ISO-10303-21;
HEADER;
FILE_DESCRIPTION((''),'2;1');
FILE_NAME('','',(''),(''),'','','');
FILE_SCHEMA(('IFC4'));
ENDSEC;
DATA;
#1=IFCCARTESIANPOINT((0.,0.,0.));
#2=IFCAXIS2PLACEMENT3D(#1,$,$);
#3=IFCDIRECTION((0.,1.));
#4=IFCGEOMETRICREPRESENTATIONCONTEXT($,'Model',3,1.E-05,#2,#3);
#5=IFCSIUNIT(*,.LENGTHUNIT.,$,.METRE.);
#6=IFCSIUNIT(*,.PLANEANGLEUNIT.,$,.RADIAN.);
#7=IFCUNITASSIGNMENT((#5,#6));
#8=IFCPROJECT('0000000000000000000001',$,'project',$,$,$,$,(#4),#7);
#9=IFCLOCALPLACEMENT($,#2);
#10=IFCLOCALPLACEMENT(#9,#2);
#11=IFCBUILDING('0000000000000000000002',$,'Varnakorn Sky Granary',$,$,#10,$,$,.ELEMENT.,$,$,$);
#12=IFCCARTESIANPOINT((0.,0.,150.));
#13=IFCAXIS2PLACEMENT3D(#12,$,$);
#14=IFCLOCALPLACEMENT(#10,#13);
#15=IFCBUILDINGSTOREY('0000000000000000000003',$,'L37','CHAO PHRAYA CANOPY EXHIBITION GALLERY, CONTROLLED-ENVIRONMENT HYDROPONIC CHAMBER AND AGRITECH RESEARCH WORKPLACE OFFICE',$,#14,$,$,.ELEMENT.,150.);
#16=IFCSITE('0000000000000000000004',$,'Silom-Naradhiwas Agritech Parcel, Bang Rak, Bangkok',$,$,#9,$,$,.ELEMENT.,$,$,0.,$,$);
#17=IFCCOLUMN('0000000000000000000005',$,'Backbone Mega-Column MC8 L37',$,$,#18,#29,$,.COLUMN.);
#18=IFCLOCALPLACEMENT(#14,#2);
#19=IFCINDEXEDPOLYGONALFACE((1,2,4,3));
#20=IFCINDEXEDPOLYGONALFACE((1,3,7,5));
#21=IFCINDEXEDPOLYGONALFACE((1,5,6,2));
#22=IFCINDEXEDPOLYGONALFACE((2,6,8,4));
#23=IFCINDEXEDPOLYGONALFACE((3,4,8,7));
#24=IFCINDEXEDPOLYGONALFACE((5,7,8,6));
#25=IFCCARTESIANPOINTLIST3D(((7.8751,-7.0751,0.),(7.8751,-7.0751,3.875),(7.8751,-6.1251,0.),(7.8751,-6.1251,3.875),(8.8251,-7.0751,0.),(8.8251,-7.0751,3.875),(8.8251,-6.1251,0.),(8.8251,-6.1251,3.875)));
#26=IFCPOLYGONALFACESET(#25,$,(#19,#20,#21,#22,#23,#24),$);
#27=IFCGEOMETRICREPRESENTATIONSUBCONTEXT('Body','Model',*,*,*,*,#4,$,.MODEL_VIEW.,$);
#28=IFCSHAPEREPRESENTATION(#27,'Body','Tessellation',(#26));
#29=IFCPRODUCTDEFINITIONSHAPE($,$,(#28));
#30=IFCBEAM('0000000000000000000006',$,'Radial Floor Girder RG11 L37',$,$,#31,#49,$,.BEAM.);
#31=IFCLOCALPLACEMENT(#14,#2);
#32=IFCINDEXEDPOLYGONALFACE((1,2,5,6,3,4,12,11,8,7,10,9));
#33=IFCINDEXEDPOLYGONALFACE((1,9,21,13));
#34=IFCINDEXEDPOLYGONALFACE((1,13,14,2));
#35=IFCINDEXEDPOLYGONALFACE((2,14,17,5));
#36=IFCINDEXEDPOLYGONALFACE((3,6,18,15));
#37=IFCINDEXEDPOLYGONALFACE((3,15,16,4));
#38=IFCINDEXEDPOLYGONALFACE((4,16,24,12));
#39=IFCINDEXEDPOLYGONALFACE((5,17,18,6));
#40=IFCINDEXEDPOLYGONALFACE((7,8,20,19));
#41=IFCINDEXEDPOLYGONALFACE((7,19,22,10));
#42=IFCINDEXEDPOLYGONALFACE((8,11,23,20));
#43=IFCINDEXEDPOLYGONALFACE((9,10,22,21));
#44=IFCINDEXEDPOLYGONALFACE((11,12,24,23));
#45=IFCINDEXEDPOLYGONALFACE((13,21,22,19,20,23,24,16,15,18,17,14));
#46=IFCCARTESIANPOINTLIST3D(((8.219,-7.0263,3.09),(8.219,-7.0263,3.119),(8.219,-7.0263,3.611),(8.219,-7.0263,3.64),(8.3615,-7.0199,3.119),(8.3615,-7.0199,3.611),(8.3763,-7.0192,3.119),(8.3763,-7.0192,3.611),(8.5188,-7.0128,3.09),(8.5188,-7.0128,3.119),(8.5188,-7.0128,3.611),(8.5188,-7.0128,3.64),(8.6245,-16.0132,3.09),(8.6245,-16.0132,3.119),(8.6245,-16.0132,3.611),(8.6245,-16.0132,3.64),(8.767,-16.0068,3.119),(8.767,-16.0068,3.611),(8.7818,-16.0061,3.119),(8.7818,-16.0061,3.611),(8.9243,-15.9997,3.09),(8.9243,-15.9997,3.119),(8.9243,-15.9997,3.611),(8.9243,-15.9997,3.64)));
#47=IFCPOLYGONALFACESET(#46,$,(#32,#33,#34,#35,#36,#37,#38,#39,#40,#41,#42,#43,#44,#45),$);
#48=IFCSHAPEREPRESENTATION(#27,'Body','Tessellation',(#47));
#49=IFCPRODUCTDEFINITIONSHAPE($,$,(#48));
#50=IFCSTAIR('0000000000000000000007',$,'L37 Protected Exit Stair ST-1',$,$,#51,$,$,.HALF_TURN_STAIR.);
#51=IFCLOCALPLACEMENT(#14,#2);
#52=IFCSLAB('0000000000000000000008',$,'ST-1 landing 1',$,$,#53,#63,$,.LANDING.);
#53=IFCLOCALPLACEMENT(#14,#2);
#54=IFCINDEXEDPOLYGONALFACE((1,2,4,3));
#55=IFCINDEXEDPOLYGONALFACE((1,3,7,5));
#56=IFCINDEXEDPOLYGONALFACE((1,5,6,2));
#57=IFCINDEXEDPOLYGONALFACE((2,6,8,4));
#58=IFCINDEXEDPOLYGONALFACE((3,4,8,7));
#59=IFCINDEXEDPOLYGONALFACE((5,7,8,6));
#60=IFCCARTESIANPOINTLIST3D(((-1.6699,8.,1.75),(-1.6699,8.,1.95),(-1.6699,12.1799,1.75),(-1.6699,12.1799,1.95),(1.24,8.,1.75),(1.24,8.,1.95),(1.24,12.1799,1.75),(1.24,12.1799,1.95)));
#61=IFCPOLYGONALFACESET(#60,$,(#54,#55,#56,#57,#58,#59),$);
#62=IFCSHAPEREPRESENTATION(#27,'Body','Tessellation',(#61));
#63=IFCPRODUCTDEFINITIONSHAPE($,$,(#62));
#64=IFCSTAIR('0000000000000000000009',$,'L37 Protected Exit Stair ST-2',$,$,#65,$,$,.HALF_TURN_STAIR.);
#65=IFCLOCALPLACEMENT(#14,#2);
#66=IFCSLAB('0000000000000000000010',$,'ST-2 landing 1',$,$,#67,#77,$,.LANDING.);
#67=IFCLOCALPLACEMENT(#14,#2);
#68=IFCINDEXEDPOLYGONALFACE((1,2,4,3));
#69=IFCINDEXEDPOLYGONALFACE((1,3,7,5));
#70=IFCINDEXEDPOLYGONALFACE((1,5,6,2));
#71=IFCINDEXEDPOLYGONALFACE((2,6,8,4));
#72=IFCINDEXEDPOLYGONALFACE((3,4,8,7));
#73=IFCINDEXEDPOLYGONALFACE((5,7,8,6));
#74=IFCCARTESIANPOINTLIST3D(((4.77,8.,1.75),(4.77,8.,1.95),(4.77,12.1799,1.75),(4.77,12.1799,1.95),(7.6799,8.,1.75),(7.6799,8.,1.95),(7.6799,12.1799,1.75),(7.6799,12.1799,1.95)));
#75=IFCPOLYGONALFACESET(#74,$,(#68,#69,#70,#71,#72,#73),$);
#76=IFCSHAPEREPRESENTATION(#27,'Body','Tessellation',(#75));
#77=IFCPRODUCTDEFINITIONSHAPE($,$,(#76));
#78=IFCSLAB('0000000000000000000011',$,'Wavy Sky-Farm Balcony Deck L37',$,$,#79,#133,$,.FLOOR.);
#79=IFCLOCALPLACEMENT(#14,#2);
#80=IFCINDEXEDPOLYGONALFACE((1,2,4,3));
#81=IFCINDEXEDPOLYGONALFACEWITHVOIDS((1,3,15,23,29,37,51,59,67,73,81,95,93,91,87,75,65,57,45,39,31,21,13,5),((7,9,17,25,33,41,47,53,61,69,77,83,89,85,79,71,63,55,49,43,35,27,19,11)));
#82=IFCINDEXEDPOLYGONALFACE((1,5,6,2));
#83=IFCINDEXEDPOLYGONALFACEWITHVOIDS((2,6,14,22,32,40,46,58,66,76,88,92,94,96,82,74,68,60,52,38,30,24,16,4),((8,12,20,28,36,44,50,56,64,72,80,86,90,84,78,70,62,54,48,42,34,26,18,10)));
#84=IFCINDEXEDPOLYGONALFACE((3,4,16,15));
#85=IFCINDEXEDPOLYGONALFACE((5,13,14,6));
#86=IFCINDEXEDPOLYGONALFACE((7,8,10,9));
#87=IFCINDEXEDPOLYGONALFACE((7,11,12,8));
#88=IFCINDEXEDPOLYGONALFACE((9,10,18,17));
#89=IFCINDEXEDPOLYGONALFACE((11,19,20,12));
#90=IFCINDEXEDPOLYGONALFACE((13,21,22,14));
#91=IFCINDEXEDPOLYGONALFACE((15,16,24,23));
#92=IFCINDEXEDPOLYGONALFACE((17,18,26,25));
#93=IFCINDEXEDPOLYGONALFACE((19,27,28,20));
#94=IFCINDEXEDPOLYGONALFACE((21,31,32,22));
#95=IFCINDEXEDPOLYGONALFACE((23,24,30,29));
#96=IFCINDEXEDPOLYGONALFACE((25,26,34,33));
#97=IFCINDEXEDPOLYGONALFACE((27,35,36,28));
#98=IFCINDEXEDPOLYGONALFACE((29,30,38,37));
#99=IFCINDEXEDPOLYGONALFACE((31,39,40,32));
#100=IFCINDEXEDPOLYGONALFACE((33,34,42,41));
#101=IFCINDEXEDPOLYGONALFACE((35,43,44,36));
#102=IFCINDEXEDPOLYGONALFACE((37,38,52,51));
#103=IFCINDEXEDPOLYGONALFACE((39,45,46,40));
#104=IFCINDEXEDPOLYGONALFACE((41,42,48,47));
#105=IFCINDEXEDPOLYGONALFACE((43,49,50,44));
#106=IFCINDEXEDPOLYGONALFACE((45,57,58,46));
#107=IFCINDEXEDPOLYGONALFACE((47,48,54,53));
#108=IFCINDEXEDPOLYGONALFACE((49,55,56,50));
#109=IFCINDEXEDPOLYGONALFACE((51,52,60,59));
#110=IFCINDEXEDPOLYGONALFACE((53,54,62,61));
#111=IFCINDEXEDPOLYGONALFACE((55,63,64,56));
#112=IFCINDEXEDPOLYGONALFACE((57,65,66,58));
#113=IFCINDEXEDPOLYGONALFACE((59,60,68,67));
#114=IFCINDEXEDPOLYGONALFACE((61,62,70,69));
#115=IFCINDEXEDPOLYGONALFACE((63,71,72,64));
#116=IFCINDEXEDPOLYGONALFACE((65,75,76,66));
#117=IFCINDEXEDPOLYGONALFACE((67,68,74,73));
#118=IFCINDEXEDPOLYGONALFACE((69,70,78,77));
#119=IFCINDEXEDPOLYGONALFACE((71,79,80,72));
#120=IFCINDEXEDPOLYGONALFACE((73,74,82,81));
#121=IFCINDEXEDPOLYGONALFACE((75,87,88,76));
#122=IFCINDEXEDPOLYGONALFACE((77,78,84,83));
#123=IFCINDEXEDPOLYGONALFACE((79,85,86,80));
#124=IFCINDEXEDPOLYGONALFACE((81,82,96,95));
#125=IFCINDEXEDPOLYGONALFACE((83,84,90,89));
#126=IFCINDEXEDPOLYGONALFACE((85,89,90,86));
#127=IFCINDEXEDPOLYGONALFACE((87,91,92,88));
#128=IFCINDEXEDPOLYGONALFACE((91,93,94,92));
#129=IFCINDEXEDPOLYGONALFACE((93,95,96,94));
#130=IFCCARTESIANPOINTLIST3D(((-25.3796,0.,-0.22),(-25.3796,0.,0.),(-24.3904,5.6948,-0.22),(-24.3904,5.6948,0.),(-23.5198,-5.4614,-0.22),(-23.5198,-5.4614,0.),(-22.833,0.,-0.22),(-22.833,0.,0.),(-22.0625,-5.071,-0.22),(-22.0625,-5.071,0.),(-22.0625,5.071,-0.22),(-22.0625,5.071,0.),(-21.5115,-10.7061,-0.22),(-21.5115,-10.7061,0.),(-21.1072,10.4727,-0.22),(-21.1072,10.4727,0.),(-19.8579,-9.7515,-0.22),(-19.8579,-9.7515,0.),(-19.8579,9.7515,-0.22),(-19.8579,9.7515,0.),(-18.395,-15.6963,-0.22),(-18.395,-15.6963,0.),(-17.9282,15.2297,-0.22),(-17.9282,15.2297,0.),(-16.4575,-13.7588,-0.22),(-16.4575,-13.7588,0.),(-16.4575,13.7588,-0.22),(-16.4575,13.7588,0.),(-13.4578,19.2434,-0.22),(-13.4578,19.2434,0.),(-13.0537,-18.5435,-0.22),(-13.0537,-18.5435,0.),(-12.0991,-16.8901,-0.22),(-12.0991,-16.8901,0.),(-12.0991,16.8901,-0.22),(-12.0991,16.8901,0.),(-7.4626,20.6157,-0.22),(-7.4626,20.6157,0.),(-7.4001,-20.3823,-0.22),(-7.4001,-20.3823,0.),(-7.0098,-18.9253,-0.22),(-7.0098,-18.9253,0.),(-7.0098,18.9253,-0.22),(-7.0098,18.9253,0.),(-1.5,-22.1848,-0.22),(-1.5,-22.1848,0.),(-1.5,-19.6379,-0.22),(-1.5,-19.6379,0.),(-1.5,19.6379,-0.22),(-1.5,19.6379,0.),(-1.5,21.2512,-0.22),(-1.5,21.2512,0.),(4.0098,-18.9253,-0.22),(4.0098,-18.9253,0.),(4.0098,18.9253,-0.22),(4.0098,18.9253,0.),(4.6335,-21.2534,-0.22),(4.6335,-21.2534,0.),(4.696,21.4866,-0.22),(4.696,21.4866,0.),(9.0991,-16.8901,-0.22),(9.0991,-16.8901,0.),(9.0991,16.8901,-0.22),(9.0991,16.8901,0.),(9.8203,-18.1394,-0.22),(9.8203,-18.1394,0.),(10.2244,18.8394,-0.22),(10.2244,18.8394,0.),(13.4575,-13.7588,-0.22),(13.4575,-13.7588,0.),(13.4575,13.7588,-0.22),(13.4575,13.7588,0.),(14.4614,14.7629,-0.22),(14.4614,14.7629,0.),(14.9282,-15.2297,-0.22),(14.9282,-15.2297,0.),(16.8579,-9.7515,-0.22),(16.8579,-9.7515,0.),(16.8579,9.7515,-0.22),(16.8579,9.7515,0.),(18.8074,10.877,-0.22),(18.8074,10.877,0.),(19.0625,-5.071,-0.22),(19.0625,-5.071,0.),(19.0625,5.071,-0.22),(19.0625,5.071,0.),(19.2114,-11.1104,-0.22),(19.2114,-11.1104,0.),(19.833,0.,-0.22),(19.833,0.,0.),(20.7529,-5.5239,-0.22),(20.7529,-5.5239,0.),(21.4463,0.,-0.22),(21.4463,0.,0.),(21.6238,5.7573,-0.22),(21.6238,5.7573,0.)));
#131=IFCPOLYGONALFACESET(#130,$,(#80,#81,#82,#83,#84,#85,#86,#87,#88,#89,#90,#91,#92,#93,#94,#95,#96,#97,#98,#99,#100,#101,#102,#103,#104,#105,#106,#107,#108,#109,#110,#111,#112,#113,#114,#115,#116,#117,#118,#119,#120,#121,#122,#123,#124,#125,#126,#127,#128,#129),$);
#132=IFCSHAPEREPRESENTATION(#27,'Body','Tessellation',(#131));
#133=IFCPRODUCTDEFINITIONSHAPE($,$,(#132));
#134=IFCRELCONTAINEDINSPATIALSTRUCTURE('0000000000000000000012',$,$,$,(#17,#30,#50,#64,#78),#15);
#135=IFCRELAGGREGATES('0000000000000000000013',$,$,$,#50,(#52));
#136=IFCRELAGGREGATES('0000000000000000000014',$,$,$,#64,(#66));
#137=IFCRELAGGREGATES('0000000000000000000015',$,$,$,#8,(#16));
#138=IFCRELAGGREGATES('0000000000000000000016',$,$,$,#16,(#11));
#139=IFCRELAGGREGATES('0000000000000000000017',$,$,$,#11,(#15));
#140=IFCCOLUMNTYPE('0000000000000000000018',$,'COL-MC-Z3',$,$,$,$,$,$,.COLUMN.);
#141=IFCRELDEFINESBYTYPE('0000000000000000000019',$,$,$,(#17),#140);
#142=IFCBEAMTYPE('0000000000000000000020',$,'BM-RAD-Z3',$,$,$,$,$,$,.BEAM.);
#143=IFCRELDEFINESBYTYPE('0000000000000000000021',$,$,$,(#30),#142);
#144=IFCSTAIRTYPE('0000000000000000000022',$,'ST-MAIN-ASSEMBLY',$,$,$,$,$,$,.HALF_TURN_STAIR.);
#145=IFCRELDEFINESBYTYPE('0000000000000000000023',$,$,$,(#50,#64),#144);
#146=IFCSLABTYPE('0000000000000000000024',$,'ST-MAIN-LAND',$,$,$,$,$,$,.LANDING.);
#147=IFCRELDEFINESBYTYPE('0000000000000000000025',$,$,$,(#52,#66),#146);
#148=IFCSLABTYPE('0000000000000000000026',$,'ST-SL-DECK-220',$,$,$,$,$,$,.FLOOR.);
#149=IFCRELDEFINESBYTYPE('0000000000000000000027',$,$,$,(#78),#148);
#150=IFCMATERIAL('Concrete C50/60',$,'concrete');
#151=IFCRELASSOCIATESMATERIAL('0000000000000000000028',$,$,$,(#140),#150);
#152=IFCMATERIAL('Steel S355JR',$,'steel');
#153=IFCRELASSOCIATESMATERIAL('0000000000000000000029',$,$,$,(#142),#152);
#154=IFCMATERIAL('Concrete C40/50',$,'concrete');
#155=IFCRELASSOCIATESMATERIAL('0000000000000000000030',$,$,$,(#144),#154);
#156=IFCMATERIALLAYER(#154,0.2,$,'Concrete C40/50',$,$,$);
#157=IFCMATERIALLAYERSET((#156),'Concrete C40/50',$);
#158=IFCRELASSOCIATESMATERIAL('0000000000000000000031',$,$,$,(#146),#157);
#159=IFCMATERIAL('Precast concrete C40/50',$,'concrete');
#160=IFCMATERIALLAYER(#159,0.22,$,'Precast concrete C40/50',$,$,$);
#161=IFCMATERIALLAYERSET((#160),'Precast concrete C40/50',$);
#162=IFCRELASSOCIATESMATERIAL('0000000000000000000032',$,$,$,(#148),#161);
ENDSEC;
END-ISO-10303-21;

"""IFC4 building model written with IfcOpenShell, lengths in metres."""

from ifc_helpers import new_model, si_unit, direction, frame, origin, origin_2d, place, context, subcontext, project, spatial, polyline, rectangle, i_section, outline, extrude, material, layer, layer_set, material_profile, profile_set, type_object, element, aggregate, save


model = new_model("IFC4")

# Units and contexts
model_context = context("Model", 3, precision=1e-05, world=origin(), true_north=direction((0.0, 1.0)))
body_context = subcontext(model_context, "Body", "Model", "MODEL_VIEW")
ifc_project = project(units=[si_unit("LENGTHUNIT", "METRE"), si_unit("PLANEANGLEUNIT", "RADIAN")], contexts=[model_context])

# Site, building, storey
site_placement = place(None, origin())
site = spatial("IfcSite", under=ifc_project, at=site_placement, Name="Silom-Naradhiwas Agritech Parcel, Bang Rak, Bangkok", CompositionType="ELEMENT", RefElevation=0.0)
building_placement = place(site_placement, origin())
building = spatial("IfcBuilding", under=site, at=building_placement, Name="Varnakorn Sky Granary", CompositionType="ELEMENT")
storey_placement = place(building_placement, frame((0.0, 0.0, 150.0)))
storey = spatial("IfcBuildingStorey", under=building, at=storey_placement, Name="L37", Description="CHAO PHRAYA CANOPY EXHIBITION GALLERY, CONTROLLED-ENVIRONMENT HYDROPONIC CHAMBER AND AGRITECH RESEARCH WORKPLACE OFFICE", CompositionType="ELEMENT", Elevation=150.0)

# Column
ifc_material_1 = material(Name="Concrete C50/60", Category="concrete")
ifc_material_profile_1 = material_profile(ifc_material_1, rectangle(XDim=0.95, YDim=0.95, at=origin_2d()), Name="RC 950x950")
ifc_profile_set_1 = profile_set([ifc_material_profile_1], Name="Concrete C50/60")
column_type = type_object("IfcColumnType", Name="COL-MC-Z3", PredefinedType="COLUMN", material=ifc_profile_set_1)
column_placement = place(storey_placement, frame((8.3501, -6.6001, 0.0), z_axis=(0.0, 0.0, 1.0), x_axis=(1.0, 0.0, 0.0)))
element("IfcColumn", 1, at=column_placement, inside=storey, type_object=column_type, Name="Backbone Mega-Column MC8 L37", PredefinedType="COLUMN", context=body_context, shape_type="SweptSolid", body=[
    extrude(rectangle(XDim=0.95, YDim=0.95, at=origin_2d()), origin(), (0.0, 0.0, 1.0), 3.875),
])

# Beam
ifc_material_2 = material(Name="Steel S355JR", Category="steel")
ifc_material_profile_2 = material_profile(ifc_material_2, i_section(OverallWidth=0.3, OverallDepth=0.55, WebThickness=0.0149, FlangeThickness=0.0291, at=origin_2d()), Name="HE 550 B")
ifc_profile_set_2 = profile_set([ifc_material_profile_2], Name="Steel S355JR")
beam_type = type_object("IfcBeamType", Name="BM-RAD-Z3", PredefinedType="BEAM", material=ifc_profile_set_2)
beam_placement = place(storey_placement, frame((8.3689, -7.0195, 3.365), z_axis=(0.045077, -0.998984, 0.0), x_axis=(0.998984, 0.045077, 0.0)))
element("IfcBeam", 2, at=beam_placement, inside=storey, type_object=beam_type, Name="Radial Floor Girder RG11 L37", PredefinedType="BEAM", context=body_context, shape_type="SweptSolid", body=[
    extrude(i_section(OverallWidth=0.3, OverallDepth=0.55, WebThickness=0.0149, FlangeThickness=0.0291, at=origin_2d()), origin(), (0.0, 0.0, 1.0), 8.9961),
])

# Stairs, slabs
ifc_material_3 = material(Name="Concrete C40/50", Category="concrete")
stair_type = type_object("IfcStairType", Name="ST-MAIN-ASSEMBLY", PredefinedType="HALF_TURN_STAIR", material=ifc_material_3)
stair_1_placement = place(storey_placement, origin())
stair_1 = element("IfcStair", 3, at=stair_1_placement, inside=storey, type_object=stair_type, Name="L37 Protected Exit Stair ST-1", PredefinedType="HALF_TURN_STAIR")
ifc_layer_1 = layer(ifc_material_3, 0.2, Name="Concrete C40/50")
ifc_layer_set_1 = layer_set([ifc_layer_1], Name="Concrete C40/50")
slab_type_1 = type_object("IfcSlabType", Name="ST-MAIN-LAND", PredefinedType="LANDING", material=ifc_layer_set_1)
slab_1_placement = place(storey_placement, frame((0.0, 0.0, 1.75)))
slab_1 = element("IfcSlab", 4, at=slab_1_placement, type_object=slab_type_1, Name="ST-1 landing 1", PredefinedType="LANDING", context=body_context, shape_type="SweptSolid", body=[
    extrude(outline(polyline([(1.24, 8.0), (1.24, 12.1799), (-1.6699, 12.1799), (-1.6699, 8.0), (1.24, 8.0)])), origin(), (0.0, 0.0, 1.0), 0.2),
])
aggregate(stair_1, [slab_1])
stair_2_placement = place(storey_placement, origin())
stair_2 = element("IfcStair", 5, at=stair_2_placement, inside=storey, type_object=stair_type, Name="L37 Protected Exit Stair ST-2", PredefinedType="HALF_TURN_STAIR")
slab_2_placement = place(storey_placement, frame((0.0, 0.0, 1.75)))
slab_2 = element("IfcSlab", 6, at=slab_2_placement, type_object=slab_type_1, Name="ST-2 landing 1", PredefinedType="LANDING", context=body_context, shape_type="SweptSolid", body=[
    extrude(outline(polyline([(7.6799, 8.0), (7.6799, 12.1799), (4.77, 12.1799), (4.77, 8.0), (7.6799, 8.0)])), origin(), (0.0, 0.0, 1.0), 0.2),
])
aggregate(stair_2, [slab_2])

# Slab
ifc_material_4 = material(Name="Precast concrete C40/50", Category="concrete")
ifc_layer_2 = layer(ifc_material_4, 0.22, Name="Precast concrete C40/50")
ifc_layer_set_2 = layer_set([ifc_layer_2], Name="Precast concrete C40/50")
slab_type_2 = type_object("IfcSlabType", Name="ST-SL-DECK-220", PredefinedType="FLOOR", material=ifc_layer_set_2)
slab_3_placement = place(storey_placement, frame((0.0, 0.0, -0.22)))
element("IfcSlab", 7, at=slab_3_placement, inside=storey, type_object=slab_type_2, Name="Wavy Sky-Farm Balcony Deck L37", PredefinedType="FLOOR", context=body_context, shape_type="SweptSolid", body=[
    extrude(outline(polyline([(21.4463, 0.0), (21.6238, 5.7573), (18.8074, 10.877), (14.4614, 14.7629), (10.2244, 18.8394), (4.696, 21.4866), (-1.5, 21.2512), (-7.4626, 20.6157), (-13.4578, 19.2434), (-17.9282, 15.2297), (-21.1072, 10.4727), (-24.3904, 5.6948), (-25.3796, 0.0), (-23.5198, -5.4614), (-21.5115, -10.7061), (-18.395, -15.6963), (-13.0537, -18.5435), (-7.4001, -20.3823), (-1.5, -22.1848), (4.6335, -21.2534), (9.8203, -18.1394), (14.9282, -15.2297), (19.2114, -11.1104), (20.7529, -5.5239), (21.4463, 0.0)]), holes=[polyline([(19.833, 0.0), (19.0625, 5.071), (16.8579, 9.7515), (13.4575, 13.7588), (9.0991, 16.8901), (4.0098, 18.9253), (-1.5, 19.6379), (-7.0098, 18.9253), (-12.0991, 16.8901), (-16.4575, 13.7588), (-19.8579, 9.7515), (-22.0625, 5.071), (-22.833, 0.0), (-22.0625, -5.071), (-19.8579, -9.7515), (-16.4575, -13.7588), (-12.0991, -16.8901), (-7.0098, -18.9253), (-1.5, -19.6379), (4.0098, -18.9253), (9.0991, -16.8901), (13.4575, -13.7588), (16.8579, -9.7515), (19.0625, -5.071), (19.833, 0.0)])]), origin(), (0.0, 0.0, 1.0), 0.22),
])

save(model, "model.ifc")
